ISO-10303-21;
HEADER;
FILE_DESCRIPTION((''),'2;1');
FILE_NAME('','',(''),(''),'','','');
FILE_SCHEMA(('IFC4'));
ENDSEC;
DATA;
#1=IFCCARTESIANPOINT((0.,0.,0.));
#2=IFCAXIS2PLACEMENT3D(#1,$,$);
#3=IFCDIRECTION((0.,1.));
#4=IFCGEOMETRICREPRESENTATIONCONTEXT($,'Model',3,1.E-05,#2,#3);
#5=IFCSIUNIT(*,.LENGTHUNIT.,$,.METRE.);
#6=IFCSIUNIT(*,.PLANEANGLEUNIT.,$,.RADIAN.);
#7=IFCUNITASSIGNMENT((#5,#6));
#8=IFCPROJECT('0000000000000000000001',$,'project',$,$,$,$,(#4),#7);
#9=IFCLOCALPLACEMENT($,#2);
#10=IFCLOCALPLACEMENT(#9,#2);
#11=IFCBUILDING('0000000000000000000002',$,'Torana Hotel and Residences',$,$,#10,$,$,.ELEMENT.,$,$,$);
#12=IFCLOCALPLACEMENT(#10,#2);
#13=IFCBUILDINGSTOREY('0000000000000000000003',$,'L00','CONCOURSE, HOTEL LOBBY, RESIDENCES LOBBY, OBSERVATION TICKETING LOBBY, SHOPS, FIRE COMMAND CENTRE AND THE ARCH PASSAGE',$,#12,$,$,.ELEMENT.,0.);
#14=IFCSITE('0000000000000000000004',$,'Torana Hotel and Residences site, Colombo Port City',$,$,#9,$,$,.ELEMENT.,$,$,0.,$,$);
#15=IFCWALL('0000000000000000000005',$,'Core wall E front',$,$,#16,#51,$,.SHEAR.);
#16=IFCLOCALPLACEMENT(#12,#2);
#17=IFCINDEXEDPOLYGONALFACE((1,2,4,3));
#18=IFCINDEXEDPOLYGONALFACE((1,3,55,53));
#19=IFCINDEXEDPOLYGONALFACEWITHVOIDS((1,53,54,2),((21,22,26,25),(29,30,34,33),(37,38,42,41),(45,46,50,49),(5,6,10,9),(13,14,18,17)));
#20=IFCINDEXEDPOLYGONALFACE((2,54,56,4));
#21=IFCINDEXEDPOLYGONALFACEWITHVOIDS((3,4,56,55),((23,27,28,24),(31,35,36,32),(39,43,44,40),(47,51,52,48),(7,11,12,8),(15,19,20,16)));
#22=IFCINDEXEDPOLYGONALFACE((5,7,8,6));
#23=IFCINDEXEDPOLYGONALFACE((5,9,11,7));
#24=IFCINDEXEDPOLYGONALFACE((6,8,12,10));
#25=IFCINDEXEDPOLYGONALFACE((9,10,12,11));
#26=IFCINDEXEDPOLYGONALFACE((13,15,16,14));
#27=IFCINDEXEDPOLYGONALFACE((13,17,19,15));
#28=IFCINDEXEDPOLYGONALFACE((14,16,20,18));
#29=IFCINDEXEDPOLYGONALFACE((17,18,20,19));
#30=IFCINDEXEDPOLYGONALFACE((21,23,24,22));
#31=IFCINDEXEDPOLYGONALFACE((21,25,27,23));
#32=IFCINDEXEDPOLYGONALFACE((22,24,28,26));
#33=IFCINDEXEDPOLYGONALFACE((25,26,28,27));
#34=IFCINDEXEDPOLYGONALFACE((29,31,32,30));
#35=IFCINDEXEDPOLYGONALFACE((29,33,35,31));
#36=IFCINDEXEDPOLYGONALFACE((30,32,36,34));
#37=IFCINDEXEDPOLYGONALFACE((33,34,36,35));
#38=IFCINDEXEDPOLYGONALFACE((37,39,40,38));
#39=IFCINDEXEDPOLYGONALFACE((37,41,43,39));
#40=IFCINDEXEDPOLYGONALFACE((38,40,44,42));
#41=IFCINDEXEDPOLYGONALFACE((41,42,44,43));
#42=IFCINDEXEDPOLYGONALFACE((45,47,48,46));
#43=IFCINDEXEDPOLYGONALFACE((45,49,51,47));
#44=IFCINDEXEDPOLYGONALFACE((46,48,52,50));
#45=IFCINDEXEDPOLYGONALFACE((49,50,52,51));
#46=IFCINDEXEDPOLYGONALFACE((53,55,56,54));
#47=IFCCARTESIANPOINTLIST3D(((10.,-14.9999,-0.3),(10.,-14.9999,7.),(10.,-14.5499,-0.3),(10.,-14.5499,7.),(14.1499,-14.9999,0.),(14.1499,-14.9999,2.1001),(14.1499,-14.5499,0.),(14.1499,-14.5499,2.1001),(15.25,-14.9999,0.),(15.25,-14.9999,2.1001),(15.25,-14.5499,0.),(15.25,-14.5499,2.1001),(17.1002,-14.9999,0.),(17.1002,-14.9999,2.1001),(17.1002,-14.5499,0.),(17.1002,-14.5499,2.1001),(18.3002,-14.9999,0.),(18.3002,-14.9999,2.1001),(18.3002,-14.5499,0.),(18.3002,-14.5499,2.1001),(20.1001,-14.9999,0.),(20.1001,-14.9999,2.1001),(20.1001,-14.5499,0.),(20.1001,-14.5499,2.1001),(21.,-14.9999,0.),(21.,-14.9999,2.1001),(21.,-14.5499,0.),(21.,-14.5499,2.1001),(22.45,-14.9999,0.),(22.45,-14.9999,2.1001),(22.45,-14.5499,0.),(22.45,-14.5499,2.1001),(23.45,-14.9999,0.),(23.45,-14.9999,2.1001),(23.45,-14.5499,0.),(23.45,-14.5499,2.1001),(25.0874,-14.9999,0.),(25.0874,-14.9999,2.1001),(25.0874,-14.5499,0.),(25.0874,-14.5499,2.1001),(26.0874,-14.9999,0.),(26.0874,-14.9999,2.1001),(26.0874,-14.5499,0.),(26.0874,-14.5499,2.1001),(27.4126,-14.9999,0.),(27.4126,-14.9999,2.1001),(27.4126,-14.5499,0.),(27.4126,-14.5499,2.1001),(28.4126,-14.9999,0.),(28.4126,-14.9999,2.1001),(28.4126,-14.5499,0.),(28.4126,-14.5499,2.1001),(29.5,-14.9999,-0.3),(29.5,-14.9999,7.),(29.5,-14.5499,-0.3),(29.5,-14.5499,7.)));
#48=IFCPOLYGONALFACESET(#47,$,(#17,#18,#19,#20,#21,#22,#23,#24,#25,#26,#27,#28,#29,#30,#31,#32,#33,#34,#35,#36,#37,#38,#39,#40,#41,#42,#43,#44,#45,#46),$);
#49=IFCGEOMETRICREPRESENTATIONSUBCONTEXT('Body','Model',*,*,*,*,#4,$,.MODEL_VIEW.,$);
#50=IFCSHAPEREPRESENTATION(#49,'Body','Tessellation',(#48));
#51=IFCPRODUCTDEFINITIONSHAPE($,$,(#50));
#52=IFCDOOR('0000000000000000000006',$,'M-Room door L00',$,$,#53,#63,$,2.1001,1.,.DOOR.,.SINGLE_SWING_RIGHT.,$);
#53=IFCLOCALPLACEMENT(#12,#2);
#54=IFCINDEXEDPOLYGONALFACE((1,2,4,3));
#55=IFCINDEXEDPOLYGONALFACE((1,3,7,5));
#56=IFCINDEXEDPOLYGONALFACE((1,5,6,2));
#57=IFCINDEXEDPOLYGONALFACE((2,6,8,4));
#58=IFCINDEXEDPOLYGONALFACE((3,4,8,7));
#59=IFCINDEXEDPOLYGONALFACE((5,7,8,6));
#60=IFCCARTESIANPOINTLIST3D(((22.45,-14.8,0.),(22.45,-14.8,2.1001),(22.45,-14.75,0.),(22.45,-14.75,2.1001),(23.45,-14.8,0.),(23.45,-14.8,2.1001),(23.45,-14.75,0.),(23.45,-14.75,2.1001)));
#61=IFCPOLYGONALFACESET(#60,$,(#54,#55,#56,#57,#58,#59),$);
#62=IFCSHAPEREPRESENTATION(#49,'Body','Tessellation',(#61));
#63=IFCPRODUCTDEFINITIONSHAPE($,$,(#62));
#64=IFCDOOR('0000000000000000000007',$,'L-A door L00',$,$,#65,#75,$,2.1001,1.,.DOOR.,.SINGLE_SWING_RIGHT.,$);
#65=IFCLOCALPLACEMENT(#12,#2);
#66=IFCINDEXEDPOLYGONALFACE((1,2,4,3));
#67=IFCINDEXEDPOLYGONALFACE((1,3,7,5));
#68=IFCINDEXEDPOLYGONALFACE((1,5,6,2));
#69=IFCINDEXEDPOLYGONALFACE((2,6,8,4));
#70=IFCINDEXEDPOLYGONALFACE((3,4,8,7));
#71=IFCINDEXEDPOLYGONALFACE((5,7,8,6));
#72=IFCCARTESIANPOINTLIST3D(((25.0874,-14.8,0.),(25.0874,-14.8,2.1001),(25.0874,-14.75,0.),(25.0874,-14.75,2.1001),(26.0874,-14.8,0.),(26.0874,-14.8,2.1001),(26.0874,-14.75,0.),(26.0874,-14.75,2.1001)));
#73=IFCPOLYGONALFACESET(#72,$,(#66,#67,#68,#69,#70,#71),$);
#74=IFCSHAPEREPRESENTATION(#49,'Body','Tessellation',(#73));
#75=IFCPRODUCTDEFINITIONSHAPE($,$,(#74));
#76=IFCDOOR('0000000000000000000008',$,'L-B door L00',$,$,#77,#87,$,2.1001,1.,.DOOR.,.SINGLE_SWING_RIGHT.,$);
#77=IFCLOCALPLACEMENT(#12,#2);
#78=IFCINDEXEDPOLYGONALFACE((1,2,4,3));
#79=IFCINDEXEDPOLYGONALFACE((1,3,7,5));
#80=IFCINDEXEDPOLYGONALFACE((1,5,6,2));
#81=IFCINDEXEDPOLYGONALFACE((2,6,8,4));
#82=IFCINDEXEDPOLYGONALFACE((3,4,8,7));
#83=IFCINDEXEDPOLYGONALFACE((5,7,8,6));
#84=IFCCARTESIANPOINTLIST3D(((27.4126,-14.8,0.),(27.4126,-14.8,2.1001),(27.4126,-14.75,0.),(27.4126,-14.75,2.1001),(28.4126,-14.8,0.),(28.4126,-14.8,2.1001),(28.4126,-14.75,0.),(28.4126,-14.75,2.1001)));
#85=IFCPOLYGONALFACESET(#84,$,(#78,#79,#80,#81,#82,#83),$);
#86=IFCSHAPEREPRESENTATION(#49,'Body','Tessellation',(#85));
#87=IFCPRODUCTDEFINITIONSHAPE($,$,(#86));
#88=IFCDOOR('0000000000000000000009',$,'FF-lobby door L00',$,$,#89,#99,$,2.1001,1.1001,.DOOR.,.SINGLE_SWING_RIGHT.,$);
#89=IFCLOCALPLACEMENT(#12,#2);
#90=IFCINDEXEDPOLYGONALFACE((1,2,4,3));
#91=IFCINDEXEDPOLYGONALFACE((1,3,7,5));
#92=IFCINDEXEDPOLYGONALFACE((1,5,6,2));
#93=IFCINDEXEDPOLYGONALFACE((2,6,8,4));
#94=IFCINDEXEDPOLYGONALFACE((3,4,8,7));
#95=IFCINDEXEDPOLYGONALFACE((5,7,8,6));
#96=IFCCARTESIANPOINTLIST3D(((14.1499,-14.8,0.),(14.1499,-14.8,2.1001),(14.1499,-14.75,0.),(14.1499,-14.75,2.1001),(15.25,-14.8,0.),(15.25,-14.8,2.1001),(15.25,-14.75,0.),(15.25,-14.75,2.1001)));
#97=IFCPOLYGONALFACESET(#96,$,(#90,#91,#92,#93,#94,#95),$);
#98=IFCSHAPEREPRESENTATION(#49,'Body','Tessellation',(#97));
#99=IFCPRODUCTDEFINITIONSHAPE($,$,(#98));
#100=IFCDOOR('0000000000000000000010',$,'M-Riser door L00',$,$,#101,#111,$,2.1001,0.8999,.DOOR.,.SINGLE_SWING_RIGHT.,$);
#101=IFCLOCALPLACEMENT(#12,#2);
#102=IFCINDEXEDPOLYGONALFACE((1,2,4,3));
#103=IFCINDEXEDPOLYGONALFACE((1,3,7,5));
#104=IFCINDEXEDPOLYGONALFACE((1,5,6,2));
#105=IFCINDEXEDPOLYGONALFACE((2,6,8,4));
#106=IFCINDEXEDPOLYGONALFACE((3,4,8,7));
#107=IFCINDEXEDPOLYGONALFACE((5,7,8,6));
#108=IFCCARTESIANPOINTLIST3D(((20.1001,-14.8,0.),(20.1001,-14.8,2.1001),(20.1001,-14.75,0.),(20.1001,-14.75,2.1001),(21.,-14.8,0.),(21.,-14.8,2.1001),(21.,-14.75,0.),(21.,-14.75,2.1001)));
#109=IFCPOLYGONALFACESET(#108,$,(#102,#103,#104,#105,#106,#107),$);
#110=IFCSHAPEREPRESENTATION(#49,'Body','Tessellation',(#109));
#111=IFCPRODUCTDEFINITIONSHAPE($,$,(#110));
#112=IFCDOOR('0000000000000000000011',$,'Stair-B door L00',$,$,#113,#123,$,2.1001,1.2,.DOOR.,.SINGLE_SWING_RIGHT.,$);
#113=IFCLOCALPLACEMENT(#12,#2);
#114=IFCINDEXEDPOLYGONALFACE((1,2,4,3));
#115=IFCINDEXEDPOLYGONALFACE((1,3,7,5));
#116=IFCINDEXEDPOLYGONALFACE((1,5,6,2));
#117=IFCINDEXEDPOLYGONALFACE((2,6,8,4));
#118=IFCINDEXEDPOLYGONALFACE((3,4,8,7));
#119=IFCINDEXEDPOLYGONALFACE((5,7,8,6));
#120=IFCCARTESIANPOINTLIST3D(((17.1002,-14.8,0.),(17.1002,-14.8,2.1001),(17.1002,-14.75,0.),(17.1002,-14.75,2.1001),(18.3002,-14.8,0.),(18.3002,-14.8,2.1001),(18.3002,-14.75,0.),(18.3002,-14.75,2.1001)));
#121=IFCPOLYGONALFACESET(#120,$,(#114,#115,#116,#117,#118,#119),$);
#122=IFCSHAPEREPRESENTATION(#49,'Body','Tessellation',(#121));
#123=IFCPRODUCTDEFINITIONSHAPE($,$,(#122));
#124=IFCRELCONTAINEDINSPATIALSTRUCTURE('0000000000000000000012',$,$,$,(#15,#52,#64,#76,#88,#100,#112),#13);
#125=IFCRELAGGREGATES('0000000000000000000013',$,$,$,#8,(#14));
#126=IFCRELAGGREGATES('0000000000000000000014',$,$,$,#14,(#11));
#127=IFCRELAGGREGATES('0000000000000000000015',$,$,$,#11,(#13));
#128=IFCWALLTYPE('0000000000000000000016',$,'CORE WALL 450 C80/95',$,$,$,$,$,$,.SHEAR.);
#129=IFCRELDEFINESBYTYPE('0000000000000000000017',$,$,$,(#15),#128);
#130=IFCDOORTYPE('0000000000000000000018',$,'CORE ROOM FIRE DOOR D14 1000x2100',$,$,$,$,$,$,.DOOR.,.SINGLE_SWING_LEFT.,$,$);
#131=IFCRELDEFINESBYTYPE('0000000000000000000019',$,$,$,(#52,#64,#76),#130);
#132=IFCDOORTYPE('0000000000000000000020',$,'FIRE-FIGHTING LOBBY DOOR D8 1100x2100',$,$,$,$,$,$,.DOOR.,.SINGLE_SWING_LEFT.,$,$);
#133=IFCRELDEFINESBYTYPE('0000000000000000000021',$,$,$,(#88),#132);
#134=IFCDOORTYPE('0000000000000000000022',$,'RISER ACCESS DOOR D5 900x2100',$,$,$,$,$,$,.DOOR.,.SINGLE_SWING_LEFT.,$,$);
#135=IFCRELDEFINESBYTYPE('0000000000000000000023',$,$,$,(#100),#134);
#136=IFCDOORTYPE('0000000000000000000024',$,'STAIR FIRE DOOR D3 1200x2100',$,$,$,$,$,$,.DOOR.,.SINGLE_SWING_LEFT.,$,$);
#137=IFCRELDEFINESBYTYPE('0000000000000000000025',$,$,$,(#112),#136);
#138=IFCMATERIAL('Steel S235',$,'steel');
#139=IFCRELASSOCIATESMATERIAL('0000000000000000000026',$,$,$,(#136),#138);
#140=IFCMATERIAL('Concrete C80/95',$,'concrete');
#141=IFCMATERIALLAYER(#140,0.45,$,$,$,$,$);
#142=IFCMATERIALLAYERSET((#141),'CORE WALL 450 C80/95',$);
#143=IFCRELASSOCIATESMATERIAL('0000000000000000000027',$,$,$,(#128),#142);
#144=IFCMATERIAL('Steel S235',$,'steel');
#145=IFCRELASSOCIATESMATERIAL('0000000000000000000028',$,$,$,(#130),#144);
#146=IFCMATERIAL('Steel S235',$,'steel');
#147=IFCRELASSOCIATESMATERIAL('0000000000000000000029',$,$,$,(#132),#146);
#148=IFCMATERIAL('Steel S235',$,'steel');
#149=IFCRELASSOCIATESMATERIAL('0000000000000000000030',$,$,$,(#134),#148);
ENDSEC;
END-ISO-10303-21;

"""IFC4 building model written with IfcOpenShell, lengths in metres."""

from ifc_helpers import new_model, si_unit, direction, frame, frame_2d, origin, place, context, subcontext, project, spatial, rectangle, extrude, material, layer, layer_set, type_object, element, fill, save


model = new_model("IFC4")

# Units and contexts
model_context = context("Model", 3, precision=1e-05, world=origin(), true_north=direction((0.0, 1.0)))
body_context = subcontext(model_context, "Body", "Model", "MODEL_VIEW")
ifc_project = project(units=[si_unit("LENGTHUNIT", "METRE"), si_unit("PLANEANGLEUNIT", "RADIAN")], contexts=[model_context])

# Site, building, storey
site_placement = place(None, origin())
site = spatial("IfcSite", under=ifc_project, at=site_placement, Name="Torana Hotel and Residences site, Colombo Port City", CompositionType="ELEMENT", RefElevation=0.0)
building_placement = place(site_placement, origin())
building = spatial("IfcBuilding", under=site, at=building_placement, Name="Torana Hotel and Residences", CompositionType="ELEMENT")
storey_placement = place(building_placement, origin())
storey = spatial("IfcBuildingStorey", under=building, at=storey_placement, Name="L00", Description="CONCOURSE, HOTEL LOBBY, RESIDENCES LOBBY, OBSERVATION TICKETING LOBBY, SHOPS, FIRE COMMAND CENTRE AND THE ARCH PASSAGE", CompositionType="ELEMENT", Elevation=0.0)

# Shared definitions
ifc_material_1 = material(Name="Steel S235", Category="steel")
door_type_1 = type_object("IfcDoorType", Name="STAIR FIRE DOOR D3 1200x2100", OperationType="SINGLE_SWING_LEFT", PredefinedType="DOOR", material=ifc_material_1)

# Wall, openings, doors
ifc_material_2 = material(Name="Concrete C80/95", Category="concrete")
ifc_layer_1 = layer(ifc_material_2, 0.45)
ifc_layer_set_1 = layer_set([ifc_layer_1], Name="CORE WALL 450 C80/95")
wall_type_1 = type_object("IfcWallType", Name="CORE WALL 450 C80/95", PredefinedType="SHEAR", material=ifc_layer_set_1)
wall_1_placement = place(storey_placement, frame((10.0, -14.7749, -0.3), z_axis=(0.0, 0.0, 1.0), x_axis=(1.0, 0.0, 0.0)))
wall_1 = element("IfcWall", 1, at=wall_1_placement, inside=storey, type_object=wall_type_1, Name="Core wall E front", PredefinedType="SHEAR", context=body_context, shape_type="SweptSolid", body=[
    extrude(rectangle(XDim=19.5, YDim=0.45, at=frame_2d((9.75, 0.0))), origin(), (0.0, 0.0, 1.0), 7.3),
])
opening_1_placement = place(wall_1_placement, frame((7.1001, 0.0, 0.3)))
opening_1 = element("IfcOpeningElement", 2, at=opening_1_placement, cuts=wall_1, PredefinedType="OPENING", context=body_context, shape_type="SweptSolid", body=[
    extrude(rectangle(XDim=1.2, YDim=2.1001, at=frame_2d((0.6001, 1.05))), frame((0.0, 0.2349, 0.0), z_axis=(0.0, -1.0, 0.0), x_axis=(1.0, 0.0, 0.0)), (0.0, 0.0, 1.0), 0.47),
])
opening_2_placement = place(wall_1_placement, frame((4.1499, 0.0, 0.3)))
opening_2 = element("IfcOpeningElement", 3, at=opening_2_placement, cuts=wall_1, PredefinedType="OPENING", context=body_context, shape_type="SweptSolid", body=[
    extrude(rectangle(XDim=1.1001, YDim=2.1001, at=frame_2d((0.55, 1.05))), frame((0.0, 0.2349, 0.0), z_axis=(0.0, -1.0, 0.0), x_axis=(1.0, 0.0, 0.0)), (0.0, 0.0, 1.0), 0.47),
])
opening_3_placement = place(wall_1_placement, frame((10.1001, 0.0, 0.3)))
opening_3 = element("IfcOpeningElement", 4, at=opening_3_placement, cuts=wall_1, PredefinedType="OPENING", context=body_context, shape_type="SweptSolid", body=[
    extrude(rectangle(XDim=0.8999, YDim=2.1001, at=frame_2d((0.45, 1.05))), frame((0.0, 0.2349, 0.0), z_axis=(0.0, -1.0, 0.0), x_axis=(1.0, 0.0, 0.0)), (0.0, 0.0, 1.0), 0.47),
])
opening_4_placement = place(wall_1_placement, frame((12.45, 0.0, 0.3)))
opening_4 = element("IfcOpeningElement", 5, at=opening_4_placement, cuts=wall_1, PredefinedType="OPENING", context=body_context, shape_type="SweptSolid", body=[
    extrude(rectangle(XDim=1.0, YDim=2.1001, at=frame_2d((0.5, 1.05))), frame((0.0, 0.2349, 0.0), z_axis=(0.0, -1.0, 0.0), x_axis=(1.0, 0.0, 0.0)), (0.0, 0.0, 1.0), 0.47),
])
opening_5_placement = place(wall_1_placement, frame((15.0874, 0.0, 0.3)))
opening_5 = element("IfcOpeningElement", 6, at=opening_5_placement, cuts=wall_1, PredefinedType="OPENING", context=body_context, shape_type="SweptSolid", body=[
    extrude(rectangle(XDim=1.0, YDim=2.1001, at=frame_2d((0.5, 1.05))), frame((0.0, 0.2349, 0.0), z_axis=(0.0, -1.0, 0.0), x_axis=(1.0, 0.0, 0.0)), (0.0, 0.0, 1.0), 0.47),
])
opening_6_placement = place(wall_1_placement, frame((17.4126, 0.0, 0.3)))
opening_6 = element("IfcOpeningElement", 7, at=opening_6_placement, cuts=wall_1, PredefinedType="OPENING", context=body_context, shape_type="SweptSolid", body=[
    extrude(rectangle(XDim=1.0, YDim=2.1001, at=frame_2d((0.5, 1.05))), frame((0.0, 0.2349, 0.0), z_axis=(0.0, -1.0, 0.0), x_axis=(1.0, 0.0, 0.0)), (0.0, 0.0, 1.0), 0.47),
])
ifc_material_3 = material(Name="Steel S235", Category="steel")
door_type_2 = type_object("IfcDoorType", Name="CORE ROOM FIRE DOOR D14 1000x2100", OperationType="SINGLE_SWING_LEFT", PredefinedType="DOOR", material=ifc_material_3)
door_1_placement = place(opening_4_placement, origin())
door_1 = element("IfcDoor", 8, at=door_1_placement, inside=storey, type_object=door_type_2, Name="M-Room door L00", OperationType="SINGLE_SWING_RIGHT", OverallHeight=2.1001, OverallWidth=1.0, PredefinedType="DOOR", context=body_context, shape_type="SweptSolid", body=[
    extrude(rectangle(XDim=1.0, YDim=2.1001, at=frame_2d((0.5, 1.05))), frame((0.0, 0.0249, 0.0), z_axis=(0.0, -1.0, 0.0), x_axis=(1.0, 0.0, 0.0)), (0.0, 0.0, 1.0), 0.05),
])
fill(opening_4, door_1)
door_2_placement = place(opening_5_placement, origin())
door_2 = element("IfcDoor", 9, at=door_2_placement, inside=storey, type_object=door_type_2, Name="L-A door L00", OperationType="SINGLE_SWING_RIGHT", OverallHeight=2.1001, OverallWidth=1.0, PredefinedType="DOOR", context=body_context, shape_type="SweptSolid", body=[
    extrude(rectangle(XDim=1.0, YDim=2.1001, at=frame_2d((0.5, 1.05))), frame((0.0, 0.0249, 0.0), z_axis=(0.0, -1.0, 0.0), x_axis=(1.0, 0.0, 0.0)), (0.0, 0.0, 1.0), 0.05),
])
fill(opening_5, door_2)
door_3_placement = place(opening_6_placement, origin())
door_3 = element("IfcDoor", 10, at=door_3_placement, inside=storey, type_object=door_type_2, Name="L-B door L00", OperationType="SINGLE_SWING_RIGHT", OverallHeight=2.1001, OverallWidth=1.0, PredefinedType="DOOR", context=body_context, shape_type="SweptSolid", body=[
    extrude(rectangle(XDim=1.0, YDim=2.1001, at=frame_2d((0.5, 1.05))), frame((0.0, 0.0249, 0.0), z_axis=(0.0, -1.0, 0.0), x_axis=(1.0, 0.0, 0.0)), (0.0, 0.0, 1.0), 0.05),
])
fill(opening_6, door_3)
ifc_material_4 = material(Name="Steel S235", Category="steel")
door_type_3 = type_object("IfcDoorType", Name="FIRE-FIGHTING LOBBY DOOR D8 1100x2100", OperationType="SINGLE_SWING_LEFT", PredefinedType="DOOR", material=ifc_material_4)
door_4_placement = place(opening_2_placement, origin())
door_4 = element("IfcDoor", 11, at=door_4_placement, inside=storey, type_object=door_type_3, Name="FF-lobby door L00", OperationType="SINGLE_SWING_RIGHT", OverallHeight=2.1001, OverallWidth=1.1001, PredefinedType="DOOR", context=body_context, shape_type="SweptSolid", body=[
    extrude(rectangle(XDim=1.1001, YDim=2.1001, at=frame_2d((0.55, 1.05))), frame((0.0, 0.0249, 0.0), z_axis=(0.0, -1.0, 0.0), x_axis=(1.0, 0.0, 0.0)), (0.0, 0.0, 1.0), 0.05),
])
fill(opening_2, door_4)
ifc_material_5 = material(Name="Steel S235", Category="steel")
door_type_4 = type_object("IfcDoorType", Name="RISER ACCESS DOOR D5 900x2100", OperationType="SINGLE_SWING_LEFT", PredefinedType="DOOR", material=ifc_material_5)
door_5_placement = place(opening_3_placement, origin())
door_5 = element("IfcDoor", 12, at=door_5_placement, inside=storey, type_object=door_type_4, Name="M-Riser door L00", OperationType="SINGLE_SWING_RIGHT", OverallHeight=2.1001, OverallWidth=0.8999, PredefinedType="DOOR", context=body_context, shape_type="SweptSolid", body=[
    extrude(rectangle(XDim=0.8999, YDim=2.1001, at=frame_2d((0.45, 1.05))), frame((0.0, 0.0249, 0.0), z_axis=(0.0, -1.0, 0.0), x_axis=(1.0, 0.0, 0.0)), (0.0, 0.0, 1.0), 0.05),
])
fill(opening_3, door_5)
door_6_placement = place(opening_1_placement, origin())
door_6 = element("IfcDoor", 13, at=door_6_placement, inside=storey, type_object=door_type_1, Name="Stair-B door L00", OperationType="SINGLE_SWING_RIGHT", OverallHeight=2.1001, OverallWidth=1.2, PredefinedType="DOOR", context=body_context, shape_type="SweptSolid", body=[
    extrude(rectangle(XDim=1.2, YDim=2.1001, at=frame_2d((0.6001, 1.05))), frame((0.0, 0.0249, 0.0), z_axis=(0.0, -1.0, 0.0), x_axis=(1.0, 0.0, 0.0)), (0.0, 0.0, 1.0), 0.05),
])
fill(opening_1, door_6)

save(model, "model.ifc")
